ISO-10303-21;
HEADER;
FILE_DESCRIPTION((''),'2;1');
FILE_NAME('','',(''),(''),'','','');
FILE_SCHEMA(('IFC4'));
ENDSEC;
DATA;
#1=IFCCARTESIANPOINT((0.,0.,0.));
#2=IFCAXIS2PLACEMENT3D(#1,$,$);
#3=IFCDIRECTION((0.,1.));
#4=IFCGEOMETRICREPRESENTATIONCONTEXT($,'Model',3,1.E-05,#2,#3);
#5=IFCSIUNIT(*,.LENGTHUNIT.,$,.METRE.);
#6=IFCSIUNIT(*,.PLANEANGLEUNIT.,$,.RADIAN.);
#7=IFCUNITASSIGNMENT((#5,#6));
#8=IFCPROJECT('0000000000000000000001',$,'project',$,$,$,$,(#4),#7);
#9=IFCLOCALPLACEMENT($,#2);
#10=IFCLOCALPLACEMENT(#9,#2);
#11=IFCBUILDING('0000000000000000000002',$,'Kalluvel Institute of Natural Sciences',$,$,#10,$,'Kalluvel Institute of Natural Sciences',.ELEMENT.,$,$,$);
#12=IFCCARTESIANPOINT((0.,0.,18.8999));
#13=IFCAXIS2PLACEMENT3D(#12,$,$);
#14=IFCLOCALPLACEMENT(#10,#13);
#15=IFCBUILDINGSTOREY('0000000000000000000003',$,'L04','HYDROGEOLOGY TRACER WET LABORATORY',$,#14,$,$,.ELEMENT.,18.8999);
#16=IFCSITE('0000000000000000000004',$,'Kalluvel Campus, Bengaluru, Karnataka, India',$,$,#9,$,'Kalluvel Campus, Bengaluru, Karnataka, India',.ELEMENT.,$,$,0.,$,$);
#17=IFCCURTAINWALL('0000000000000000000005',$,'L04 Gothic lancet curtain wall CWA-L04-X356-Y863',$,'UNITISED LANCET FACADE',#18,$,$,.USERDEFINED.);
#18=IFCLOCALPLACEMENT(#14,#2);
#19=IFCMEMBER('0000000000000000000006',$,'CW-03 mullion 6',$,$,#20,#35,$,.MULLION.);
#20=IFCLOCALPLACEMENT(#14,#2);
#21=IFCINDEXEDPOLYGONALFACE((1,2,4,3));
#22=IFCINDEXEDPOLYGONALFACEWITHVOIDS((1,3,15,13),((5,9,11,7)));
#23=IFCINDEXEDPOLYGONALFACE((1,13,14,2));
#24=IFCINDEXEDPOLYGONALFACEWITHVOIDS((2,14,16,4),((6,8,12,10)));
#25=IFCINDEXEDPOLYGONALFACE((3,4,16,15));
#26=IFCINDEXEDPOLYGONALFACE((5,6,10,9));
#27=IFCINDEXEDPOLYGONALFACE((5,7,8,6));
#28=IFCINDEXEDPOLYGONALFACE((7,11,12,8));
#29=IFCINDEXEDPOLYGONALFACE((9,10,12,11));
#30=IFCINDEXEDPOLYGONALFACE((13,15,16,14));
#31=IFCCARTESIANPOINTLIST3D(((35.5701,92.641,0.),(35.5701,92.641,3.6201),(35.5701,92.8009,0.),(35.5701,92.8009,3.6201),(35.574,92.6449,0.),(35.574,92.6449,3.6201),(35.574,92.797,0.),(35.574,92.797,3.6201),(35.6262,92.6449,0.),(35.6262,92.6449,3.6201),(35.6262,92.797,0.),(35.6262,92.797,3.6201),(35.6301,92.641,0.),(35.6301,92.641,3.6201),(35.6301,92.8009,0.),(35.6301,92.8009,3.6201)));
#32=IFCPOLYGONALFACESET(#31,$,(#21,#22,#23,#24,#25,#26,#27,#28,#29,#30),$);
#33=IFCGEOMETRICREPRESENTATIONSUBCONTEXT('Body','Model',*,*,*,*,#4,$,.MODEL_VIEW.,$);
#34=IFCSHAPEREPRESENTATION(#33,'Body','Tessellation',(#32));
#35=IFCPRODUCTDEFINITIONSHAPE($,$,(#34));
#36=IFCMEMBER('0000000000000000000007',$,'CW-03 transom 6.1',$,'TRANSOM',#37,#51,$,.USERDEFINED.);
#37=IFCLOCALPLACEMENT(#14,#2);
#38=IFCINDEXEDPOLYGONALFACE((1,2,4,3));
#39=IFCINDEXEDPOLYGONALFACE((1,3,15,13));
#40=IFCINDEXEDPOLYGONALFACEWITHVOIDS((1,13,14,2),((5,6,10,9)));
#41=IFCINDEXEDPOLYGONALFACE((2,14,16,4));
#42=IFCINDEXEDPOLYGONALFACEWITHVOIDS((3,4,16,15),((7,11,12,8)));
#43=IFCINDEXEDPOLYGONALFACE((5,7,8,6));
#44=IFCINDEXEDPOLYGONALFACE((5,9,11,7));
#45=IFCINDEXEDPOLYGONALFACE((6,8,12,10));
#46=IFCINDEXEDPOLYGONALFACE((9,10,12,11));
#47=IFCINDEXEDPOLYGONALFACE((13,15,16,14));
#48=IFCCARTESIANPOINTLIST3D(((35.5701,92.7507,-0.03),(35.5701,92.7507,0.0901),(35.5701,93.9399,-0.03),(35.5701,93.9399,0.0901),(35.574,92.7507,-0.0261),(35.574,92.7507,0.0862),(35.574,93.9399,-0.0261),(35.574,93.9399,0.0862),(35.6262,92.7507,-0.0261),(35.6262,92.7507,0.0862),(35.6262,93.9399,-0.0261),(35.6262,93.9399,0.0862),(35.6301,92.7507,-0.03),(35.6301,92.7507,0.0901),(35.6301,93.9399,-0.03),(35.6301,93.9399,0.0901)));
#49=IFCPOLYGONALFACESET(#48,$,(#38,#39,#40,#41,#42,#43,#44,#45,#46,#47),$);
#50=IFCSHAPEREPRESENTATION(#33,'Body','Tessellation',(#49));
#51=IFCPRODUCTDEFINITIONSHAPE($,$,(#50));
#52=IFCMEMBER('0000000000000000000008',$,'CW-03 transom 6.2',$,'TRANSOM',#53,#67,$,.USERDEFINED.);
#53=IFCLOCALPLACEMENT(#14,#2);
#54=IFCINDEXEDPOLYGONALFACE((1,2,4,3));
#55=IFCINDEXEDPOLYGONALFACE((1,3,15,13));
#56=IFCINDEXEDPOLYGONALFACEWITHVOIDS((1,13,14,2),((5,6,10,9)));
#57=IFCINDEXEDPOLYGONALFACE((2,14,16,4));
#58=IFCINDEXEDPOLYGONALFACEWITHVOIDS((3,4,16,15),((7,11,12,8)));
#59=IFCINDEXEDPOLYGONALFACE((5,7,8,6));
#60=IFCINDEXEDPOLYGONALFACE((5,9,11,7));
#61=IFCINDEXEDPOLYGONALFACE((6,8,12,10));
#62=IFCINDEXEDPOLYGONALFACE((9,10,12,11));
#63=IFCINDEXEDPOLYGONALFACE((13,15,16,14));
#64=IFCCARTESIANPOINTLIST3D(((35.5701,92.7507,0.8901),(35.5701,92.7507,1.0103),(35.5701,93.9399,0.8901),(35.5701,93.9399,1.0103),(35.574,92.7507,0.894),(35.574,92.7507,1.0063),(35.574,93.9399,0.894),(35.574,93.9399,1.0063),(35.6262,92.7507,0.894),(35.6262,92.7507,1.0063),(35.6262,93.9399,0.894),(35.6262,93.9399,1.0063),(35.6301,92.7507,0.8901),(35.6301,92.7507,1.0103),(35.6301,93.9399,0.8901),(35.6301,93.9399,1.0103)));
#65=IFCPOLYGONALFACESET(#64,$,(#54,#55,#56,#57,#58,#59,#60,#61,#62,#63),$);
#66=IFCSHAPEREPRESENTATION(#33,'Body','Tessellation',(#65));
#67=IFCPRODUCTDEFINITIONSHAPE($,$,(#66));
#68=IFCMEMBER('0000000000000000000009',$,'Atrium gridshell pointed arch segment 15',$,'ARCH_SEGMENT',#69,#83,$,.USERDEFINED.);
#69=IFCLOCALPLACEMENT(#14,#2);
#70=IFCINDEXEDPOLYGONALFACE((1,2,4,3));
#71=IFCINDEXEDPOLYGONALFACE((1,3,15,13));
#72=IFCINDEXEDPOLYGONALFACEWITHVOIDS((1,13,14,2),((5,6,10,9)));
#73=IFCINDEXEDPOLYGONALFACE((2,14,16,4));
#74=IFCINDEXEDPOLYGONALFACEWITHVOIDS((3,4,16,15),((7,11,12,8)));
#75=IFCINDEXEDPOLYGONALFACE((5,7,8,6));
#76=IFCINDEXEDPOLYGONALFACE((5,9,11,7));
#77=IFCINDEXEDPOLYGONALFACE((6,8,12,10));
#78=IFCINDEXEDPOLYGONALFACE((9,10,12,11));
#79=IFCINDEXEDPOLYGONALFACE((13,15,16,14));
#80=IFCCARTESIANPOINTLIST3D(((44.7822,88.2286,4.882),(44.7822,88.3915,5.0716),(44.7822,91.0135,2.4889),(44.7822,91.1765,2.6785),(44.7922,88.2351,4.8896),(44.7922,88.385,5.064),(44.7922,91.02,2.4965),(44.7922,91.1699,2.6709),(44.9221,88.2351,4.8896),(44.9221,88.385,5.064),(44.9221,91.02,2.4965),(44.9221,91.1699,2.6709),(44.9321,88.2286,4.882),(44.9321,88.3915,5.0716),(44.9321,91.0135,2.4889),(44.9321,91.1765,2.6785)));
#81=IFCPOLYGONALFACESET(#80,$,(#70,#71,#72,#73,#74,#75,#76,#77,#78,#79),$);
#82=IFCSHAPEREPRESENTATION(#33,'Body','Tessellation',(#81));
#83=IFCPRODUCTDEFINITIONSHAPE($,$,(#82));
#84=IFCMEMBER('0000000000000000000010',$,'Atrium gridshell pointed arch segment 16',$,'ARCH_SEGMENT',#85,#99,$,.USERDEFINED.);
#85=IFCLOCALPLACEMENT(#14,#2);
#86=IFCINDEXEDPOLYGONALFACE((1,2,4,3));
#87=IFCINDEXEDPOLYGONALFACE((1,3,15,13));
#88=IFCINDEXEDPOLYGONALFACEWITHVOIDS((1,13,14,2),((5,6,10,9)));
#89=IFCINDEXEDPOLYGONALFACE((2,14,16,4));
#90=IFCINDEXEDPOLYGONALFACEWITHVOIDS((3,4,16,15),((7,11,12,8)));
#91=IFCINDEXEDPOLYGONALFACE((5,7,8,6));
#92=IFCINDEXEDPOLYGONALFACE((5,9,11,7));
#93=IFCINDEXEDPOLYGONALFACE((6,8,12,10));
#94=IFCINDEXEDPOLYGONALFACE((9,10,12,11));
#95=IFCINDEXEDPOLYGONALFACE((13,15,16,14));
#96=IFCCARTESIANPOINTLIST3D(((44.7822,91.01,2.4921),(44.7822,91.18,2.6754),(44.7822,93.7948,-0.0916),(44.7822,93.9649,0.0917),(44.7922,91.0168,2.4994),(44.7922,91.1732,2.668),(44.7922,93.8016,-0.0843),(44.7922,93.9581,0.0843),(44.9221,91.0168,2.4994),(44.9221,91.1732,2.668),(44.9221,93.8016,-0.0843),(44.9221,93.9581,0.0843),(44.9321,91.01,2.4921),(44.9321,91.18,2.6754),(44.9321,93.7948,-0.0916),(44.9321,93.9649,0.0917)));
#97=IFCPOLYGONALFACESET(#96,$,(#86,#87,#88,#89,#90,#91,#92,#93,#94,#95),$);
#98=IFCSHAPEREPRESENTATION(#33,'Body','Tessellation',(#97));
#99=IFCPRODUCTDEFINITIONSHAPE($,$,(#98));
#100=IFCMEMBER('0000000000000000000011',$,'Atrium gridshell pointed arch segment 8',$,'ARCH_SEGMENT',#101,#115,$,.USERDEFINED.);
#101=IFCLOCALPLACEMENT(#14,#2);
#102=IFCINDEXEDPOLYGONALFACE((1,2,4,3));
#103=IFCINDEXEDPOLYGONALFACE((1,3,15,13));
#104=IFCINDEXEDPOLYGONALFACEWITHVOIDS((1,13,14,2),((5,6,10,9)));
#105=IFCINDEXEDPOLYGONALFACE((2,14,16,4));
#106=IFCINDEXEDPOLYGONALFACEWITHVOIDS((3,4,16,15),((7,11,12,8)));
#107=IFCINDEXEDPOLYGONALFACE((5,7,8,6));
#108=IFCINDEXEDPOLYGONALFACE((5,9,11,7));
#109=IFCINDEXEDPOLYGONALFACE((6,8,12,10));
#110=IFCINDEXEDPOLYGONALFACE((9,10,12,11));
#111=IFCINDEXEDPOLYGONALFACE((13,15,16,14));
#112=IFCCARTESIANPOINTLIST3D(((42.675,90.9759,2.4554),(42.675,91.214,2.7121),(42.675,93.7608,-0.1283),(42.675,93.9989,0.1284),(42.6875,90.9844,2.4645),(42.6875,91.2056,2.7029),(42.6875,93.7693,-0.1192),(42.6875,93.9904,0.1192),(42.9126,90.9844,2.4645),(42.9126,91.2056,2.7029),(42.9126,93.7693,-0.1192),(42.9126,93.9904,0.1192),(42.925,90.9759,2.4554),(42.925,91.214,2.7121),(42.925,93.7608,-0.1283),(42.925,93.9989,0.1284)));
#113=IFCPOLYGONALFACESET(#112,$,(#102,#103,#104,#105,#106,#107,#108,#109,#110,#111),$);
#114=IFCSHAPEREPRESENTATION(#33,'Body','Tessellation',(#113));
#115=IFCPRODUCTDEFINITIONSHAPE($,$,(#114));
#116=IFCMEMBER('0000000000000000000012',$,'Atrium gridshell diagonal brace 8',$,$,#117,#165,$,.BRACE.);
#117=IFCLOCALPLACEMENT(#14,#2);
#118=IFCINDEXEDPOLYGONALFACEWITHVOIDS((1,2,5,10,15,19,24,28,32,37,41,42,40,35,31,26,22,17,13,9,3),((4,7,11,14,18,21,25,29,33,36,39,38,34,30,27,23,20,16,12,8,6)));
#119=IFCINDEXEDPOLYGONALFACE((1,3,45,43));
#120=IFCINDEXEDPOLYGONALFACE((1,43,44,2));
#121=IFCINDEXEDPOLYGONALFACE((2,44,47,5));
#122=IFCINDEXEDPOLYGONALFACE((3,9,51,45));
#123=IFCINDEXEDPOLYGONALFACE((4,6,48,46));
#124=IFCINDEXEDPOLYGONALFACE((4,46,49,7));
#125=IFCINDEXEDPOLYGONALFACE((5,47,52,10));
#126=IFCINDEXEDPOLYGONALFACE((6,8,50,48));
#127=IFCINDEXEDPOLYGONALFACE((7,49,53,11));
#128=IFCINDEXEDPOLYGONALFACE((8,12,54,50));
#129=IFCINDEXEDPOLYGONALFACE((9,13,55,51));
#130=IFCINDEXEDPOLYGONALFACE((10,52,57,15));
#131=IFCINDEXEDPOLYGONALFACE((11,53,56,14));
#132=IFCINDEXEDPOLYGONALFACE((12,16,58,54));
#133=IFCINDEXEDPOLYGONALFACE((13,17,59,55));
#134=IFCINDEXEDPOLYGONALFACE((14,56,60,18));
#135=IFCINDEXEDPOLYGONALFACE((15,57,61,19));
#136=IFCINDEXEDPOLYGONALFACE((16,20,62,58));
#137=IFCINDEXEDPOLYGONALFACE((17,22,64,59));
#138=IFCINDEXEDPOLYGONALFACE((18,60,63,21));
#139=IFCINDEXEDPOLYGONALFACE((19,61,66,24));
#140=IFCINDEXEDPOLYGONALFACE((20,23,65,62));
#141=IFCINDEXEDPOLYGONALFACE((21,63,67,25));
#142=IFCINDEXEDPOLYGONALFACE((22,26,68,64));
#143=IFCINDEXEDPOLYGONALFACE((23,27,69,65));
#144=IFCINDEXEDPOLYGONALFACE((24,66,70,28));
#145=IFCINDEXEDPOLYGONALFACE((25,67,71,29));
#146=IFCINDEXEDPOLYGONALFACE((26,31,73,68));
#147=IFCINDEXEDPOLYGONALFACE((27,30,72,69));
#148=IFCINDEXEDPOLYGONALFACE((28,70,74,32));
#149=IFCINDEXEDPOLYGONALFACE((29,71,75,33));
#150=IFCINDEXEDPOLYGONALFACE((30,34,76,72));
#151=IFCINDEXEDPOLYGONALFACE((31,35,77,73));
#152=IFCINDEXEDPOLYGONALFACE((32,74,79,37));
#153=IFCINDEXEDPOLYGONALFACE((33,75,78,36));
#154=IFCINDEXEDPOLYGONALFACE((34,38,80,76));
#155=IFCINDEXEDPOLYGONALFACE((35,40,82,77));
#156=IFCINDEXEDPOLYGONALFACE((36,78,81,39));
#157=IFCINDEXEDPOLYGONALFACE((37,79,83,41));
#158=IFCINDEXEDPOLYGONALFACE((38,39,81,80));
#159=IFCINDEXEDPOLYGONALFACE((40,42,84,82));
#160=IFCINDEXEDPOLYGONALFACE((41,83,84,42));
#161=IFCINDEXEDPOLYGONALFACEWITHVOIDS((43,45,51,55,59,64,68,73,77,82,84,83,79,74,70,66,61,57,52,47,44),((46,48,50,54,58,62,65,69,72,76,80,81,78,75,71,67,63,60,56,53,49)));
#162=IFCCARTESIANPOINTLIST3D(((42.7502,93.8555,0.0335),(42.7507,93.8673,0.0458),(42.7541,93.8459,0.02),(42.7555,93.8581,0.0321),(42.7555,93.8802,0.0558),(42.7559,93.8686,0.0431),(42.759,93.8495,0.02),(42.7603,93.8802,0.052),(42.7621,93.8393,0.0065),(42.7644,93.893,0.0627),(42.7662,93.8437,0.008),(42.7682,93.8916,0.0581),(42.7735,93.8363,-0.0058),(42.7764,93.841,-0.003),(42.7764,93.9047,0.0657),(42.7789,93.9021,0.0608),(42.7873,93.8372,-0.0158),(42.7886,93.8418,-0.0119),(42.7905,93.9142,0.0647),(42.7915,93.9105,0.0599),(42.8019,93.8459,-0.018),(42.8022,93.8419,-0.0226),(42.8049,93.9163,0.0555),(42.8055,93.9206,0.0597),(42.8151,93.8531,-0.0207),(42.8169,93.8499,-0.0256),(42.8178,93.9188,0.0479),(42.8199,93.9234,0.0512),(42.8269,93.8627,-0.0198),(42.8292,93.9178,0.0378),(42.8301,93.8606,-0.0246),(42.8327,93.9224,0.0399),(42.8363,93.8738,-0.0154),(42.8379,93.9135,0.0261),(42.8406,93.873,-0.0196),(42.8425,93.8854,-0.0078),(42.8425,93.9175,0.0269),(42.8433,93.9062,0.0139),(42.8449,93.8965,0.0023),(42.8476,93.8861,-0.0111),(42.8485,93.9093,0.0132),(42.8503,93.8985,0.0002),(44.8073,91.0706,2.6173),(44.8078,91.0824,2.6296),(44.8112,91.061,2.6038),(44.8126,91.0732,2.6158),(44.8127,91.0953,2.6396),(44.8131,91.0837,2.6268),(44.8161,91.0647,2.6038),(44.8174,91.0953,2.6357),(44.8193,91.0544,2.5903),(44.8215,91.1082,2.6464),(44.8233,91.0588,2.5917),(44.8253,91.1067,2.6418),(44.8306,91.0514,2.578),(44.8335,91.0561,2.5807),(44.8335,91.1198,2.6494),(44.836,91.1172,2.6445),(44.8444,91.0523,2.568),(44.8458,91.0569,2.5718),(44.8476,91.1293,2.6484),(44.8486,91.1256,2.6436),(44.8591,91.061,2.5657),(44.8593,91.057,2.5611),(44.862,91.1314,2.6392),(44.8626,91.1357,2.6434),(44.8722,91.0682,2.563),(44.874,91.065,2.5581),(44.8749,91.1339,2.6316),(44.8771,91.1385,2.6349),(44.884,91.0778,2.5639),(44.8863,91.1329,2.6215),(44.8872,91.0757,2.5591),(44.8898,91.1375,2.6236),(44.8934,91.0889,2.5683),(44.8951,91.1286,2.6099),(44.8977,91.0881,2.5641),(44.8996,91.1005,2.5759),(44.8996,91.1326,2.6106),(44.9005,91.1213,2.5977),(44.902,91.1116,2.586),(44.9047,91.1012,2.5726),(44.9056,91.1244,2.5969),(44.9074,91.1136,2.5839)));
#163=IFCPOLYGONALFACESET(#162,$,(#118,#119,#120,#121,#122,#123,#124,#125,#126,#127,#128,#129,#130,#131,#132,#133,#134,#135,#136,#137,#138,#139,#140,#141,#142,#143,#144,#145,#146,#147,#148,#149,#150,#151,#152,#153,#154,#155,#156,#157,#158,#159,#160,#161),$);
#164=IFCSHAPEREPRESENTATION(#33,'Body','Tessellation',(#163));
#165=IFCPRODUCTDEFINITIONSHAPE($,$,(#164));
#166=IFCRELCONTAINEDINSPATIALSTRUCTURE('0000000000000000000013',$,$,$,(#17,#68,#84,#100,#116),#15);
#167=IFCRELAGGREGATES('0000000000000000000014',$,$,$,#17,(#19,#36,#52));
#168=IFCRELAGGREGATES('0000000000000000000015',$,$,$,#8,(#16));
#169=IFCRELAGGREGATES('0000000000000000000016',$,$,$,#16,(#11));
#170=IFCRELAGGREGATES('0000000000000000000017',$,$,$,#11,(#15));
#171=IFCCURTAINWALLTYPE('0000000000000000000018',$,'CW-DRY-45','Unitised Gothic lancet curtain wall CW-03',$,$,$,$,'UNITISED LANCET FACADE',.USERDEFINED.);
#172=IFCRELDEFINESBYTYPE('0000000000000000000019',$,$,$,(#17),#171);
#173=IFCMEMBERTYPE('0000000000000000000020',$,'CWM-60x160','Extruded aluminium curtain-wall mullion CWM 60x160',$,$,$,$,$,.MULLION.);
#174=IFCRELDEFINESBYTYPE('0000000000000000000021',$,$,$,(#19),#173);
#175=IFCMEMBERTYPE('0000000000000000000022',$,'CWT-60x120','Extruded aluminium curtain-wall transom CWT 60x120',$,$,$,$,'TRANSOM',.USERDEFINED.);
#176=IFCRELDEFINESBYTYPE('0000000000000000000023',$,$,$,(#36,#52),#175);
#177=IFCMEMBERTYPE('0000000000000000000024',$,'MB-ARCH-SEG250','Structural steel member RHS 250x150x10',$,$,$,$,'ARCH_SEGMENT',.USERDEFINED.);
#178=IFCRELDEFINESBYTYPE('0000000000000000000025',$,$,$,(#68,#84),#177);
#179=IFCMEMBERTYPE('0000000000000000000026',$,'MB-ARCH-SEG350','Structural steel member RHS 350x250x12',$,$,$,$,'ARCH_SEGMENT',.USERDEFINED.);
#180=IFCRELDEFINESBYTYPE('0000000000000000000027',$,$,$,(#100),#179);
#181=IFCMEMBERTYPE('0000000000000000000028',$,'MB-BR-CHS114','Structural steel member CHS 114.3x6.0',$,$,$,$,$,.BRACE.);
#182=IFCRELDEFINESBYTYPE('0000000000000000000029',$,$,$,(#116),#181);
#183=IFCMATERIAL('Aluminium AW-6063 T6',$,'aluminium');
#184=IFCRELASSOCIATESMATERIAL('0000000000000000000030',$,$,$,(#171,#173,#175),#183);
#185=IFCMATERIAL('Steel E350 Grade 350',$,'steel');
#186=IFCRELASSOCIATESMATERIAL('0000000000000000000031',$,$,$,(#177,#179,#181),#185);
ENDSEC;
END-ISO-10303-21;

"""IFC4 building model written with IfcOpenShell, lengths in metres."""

from ifc_helpers import new_model, si_unit, direction, frame, origin, origin_2d, place, context, subcontext, project, spatial, hollow_rectangle, hollow_circle, extrude, material, material_profile, profile_set, type_object, element, aggregate, save


model = new_model("IFC4")

# Units and contexts
model_context = context("Model", 3, precision=1e-05, world=origin(), true_north=direction((0.0, 1.0)))
body_context = subcontext(model_context, "Body", "Model", "MODEL_VIEW")
ifc_project = project(units=[si_unit("LENGTHUNIT", "METRE"), si_unit("PLANEANGLEUNIT", "RADIAN")], contexts=[model_context])

# Site, building, storey
site_placement = place(None, origin())
site = spatial("IfcSite", under=ifc_project, at=site_placement, Name="Kalluvel Campus, Bengaluru, Karnataka, India", LongName="Kalluvel Campus, Bengaluru, Karnataka, India", CompositionType="ELEMENT", RefElevation=0.0)
building_placement = place(site_placement, origin())
building = spatial("IfcBuilding", under=site, at=building_placement, Name="Kalluvel Institute of Natural Sciences", LongName="Kalluvel Institute of Natural Sciences", CompositionType="ELEMENT")
storey_placement = place(building_placement, frame((0.0, 0.0, 18.8999)))
storey = spatial("IfcBuildingStorey", under=building, at=storey_placement, Name="L04", Description="HYDROGEOLOGY TRACER WET LABORATORY", CompositionType="ELEMENT", Elevation=18.8999)

# Curtain wall, members
ifc_material_1 = material(Name="Aluminium AW-6063 T6", Category="aluminium")
curtain_wall_type = type_object("IfcCurtainWallType", Name="CW-DRY-45", Description="Unitised Gothic lancet curtain wall CW-03", ElementType="UNITISED LANCET FACADE", PredefinedType="USERDEFINED", material=ifc_material_1)
curtain_wall_placement = place(storey_placement, origin())
curtain_wall = element("IfcCurtainWall", 1, at=curtain_wall_placement, inside=storey, type_object=curtain_wall_type, Name="L04 Gothic lancet curtain wall CWA-L04-X356-Y863", ObjectType="UNITISED LANCET FACADE", PredefinedType="USERDEFINED")
ifc_material_profile_1 = material_profile(ifc_material_1, hollow_rectangle(XDim=0.0601, YDim=0.1599, WallThickness=0.0039, at=origin_2d()), Name="CWM 60x160")
ifc_profile_set_1 = profile_set([ifc_material_profile_1], Name="Aluminium AW-6063 T6")
member_type_1 = type_object("IfcMemberType", Name="CWM-60x160", Description="Extruded aluminium curtain-wall mullion CWM 60x160", PredefinedType="MULLION", material=ifc_profile_set_1)
member_1_placement = place(storey_placement, frame((35.6001, 92.7209, 0.0), z_axis=(0.0, 0.0, 1.0), x_axis=(-1.0, 0.0, 0.0)))
member_1 = element("IfcMember", 2, at=member_1_placement, type_object=member_type_1, Name="CW-03 mullion 6", PredefinedType="MULLION", context=body_context, shape_type="SweptSolid", body=[
    extrude(hollow_rectangle(XDim=0.0601, YDim=0.1599, WallThickness=0.0039, at=origin_2d()), origin(), (0.0, 0.0, 1.0), 3.6201),
])
ifc_material_profile_2 = material_profile(ifc_material_1, hollow_rectangle(XDim=0.0601, YDim=0.1201, WallThickness=0.0039, at=origin_2d()), Name="CWT 60x120")
ifc_profile_set_2 = profile_set([ifc_material_profile_2], Name="Aluminium AW-6063 T6")
member_type_2 = type_object("IfcMemberType", Name="CWT-60x120", Description="Extruded aluminium curtain-wall transom CWT 60x120", ElementType="TRANSOM", PredefinedType="USERDEFINED", material=ifc_profile_set_2)
member_2_placement = place(storey_placement, frame((35.6001, 92.7507, 0.03), z_axis=(0.0, 1.0, 0.0), x_axis=(-1.0, 0.0, 0.0)))
member_2 = element("IfcMember", 3, at=member_2_placement, type_object=member_type_2, Name="CW-03 transom 6.1", ObjectType="TRANSOM", PredefinedType="USERDEFINED", context=body_context, shape_type="SweptSolid", body=[
    extrude(hollow_rectangle(XDim=0.0601, YDim=0.1201, WallThickness=0.0039, at=origin_2d()), origin(), (0.0, 0.0, 1.0), 1.1892),
])
member_3_placement = place(storey_placement, frame((35.6001, 92.7507, 0.9502), z_axis=(0.0, 1.0, 0.0), x_axis=(-1.0, 0.0, 0.0)))
member_3 = element("IfcMember", 4, at=member_3_placement, type_object=member_type_2, Name="CW-03 transom 6.2", ObjectType="TRANSOM", PredefinedType="USERDEFINED", context=body_context, shape_type="SweptSolid", body=[
    extrude(hollow_rectangle(XDim=0.0601, YDim=0.1201, WallThickness=0.0039, at=origin_2d()), origin(), (0.0, 0.0, 1.0), 1.1892),
])
aggregate(curtain_wall, [member_1, member_2, member_3])

# Members
ifc_material_2 = material(Name="Steel E350 Grade 350", Category="steel")
ifc_material_profile_3 = material_profile(ifc_material_2, hollow_rectangle(XDim=0.1499, YDim=0.25, WallThickness=0.01, at=origin_2d()), Name="RHS 250x150x10")
ifc_profile_set_3 = profile_set([ifc_material_profile_3], Name="Steel E350 Grade 350")
member_type_3 = type_object("IfcMemberType", Name="MB-ARCH-SEG250", Description="Structural steel member RHS 250x150x10", ElementType="ARCH_SEGMENT", PredefinedType="USERDEFINED", material=ifc_profile_set_3)
member_4_placement = place(storey_placement, frame((44.8572, 88.3101, 4.9768), z_axis=(0.0, 0.758449, -0.651733), x_axis=(-1.0, 0.0, 0.0)))
element("IfcMember", 5, at=member_4_placement, inside=storey, type_object=member_type_3, Name="Atrium gridshell pointed arch segment 15", ObjectType="ARCH_SEGMENT", PredefinedType="USERDEFINED", context=body_context, shape_type="SweptSolid", body=[
    extrude(hollow_rectangle(XDim=0.1499, YDim=0.25, WallThickness=0.01, at=origin_2d()), origin(), (0.0, 0.0, 1.0), 3.6719),
])
member_5_placement = place(storey_placement, frame((44.8572, 91.095, 2.5837), z_axis=(0.0, 0.733089, -0.680133), x_axis=(-1.0, 0.0, 0.0)))
element("IfcMember", 6, at=member_5_placement, inside=storey, type_object=member_type_3, Name="Atrium gridshell pointed arch segment 16", ObjectType="ARCH_SEGMENT", PredefinedType="USERDEFINED", context=body_context, shape_type="SweptSolid", body=[
    extrude(hollow_rectangle(XDim=0.1499, YDim=0.25, WallThickness=0.01, at=origin_2d()), origin(), (0.0, 0.0, 1.0), 3.7988),
])
ifc_material_profile_4 = material_profile(ifc_material_2, hollow_rectangle(XDim=0.25, YDim=0.3501, WallThickness=0.0125, at=origin_2d()), Name="RHS 350x250x12")
ifc_profile_set_4 = profile_set([ifc_material_profile_4], Name="Steel E350 Grade 350")
member_type_4 = type_object("IfcMemberType", Name="MB-ARCH-SEG350", Description="Structural steel member RHS 350x250x12", ElementType="ARCH_SEGMENT", PredefinedType="USERDEFINED", material=ifc_profile_set_4)
member_6_placement = place(storey_placement, frame((42.8, 91.095, 2.5837), z_axis=(0.0, 0.733089, -0.680133), x_axis=(-1.0, 0.0, 0.0)))
element("IfcMember", 7, at=member_6_placement, inside=storey, type_object=member_type_4, Name="Atrium gridshell pointed arch segment 8", ObjectType="ARCH_SEGMENT", PredefinedType="USERDEFINED", context=body_context, shape_type="SweptSolid", body=[
    extrude(hollow_rectangle(XDim=0.25, YDim=0.3501, WallThickness=0.0125, at=origin_2d()), origin(), (0.0, 0.0, 1.0), 3.7988),
])
ifc_material_profile_5 = material_profile(ifc_material_2, hollow_circle(Radius=0.0571, WallThickness=0.0061, at=origin_2d()), Name="CHS 114.3x6.0")
ifc_profile_set_5 = profile_set([ifc_material_profile_5], Name="Steel E350 Grade 350")
member_type_5 = type_object("IfcMemberType", Name="MB-BR-CHS114", Description="Structural steel member CHS 114.3x6.0", PredefinedType="BRACE", material=ifc_profile_set_5)
member_7_placement = place(storey_placement, frame((44.8572, 91.095, 2.6038), z_axis=(-0.476177, 0.644641, -0.598075), x_axis=(-0.804353, -0.594151, 0.0)))
element("IfcMember", 8, at=member_7_placement, inside=storey, type_object=member_type_5, Name="Atrium gridshell diagonal brace 8", PredefinedType="BRACE", context=body_context, shape_type="SweptSolid", body=[
    extrude(hollow_circle(Radius=0.0571, WallThickness=0.0061, at=origin_2d()), origin(), (0.0, 0.0, 1.0), 4.3201),
])

save(model, "model.ifc")
